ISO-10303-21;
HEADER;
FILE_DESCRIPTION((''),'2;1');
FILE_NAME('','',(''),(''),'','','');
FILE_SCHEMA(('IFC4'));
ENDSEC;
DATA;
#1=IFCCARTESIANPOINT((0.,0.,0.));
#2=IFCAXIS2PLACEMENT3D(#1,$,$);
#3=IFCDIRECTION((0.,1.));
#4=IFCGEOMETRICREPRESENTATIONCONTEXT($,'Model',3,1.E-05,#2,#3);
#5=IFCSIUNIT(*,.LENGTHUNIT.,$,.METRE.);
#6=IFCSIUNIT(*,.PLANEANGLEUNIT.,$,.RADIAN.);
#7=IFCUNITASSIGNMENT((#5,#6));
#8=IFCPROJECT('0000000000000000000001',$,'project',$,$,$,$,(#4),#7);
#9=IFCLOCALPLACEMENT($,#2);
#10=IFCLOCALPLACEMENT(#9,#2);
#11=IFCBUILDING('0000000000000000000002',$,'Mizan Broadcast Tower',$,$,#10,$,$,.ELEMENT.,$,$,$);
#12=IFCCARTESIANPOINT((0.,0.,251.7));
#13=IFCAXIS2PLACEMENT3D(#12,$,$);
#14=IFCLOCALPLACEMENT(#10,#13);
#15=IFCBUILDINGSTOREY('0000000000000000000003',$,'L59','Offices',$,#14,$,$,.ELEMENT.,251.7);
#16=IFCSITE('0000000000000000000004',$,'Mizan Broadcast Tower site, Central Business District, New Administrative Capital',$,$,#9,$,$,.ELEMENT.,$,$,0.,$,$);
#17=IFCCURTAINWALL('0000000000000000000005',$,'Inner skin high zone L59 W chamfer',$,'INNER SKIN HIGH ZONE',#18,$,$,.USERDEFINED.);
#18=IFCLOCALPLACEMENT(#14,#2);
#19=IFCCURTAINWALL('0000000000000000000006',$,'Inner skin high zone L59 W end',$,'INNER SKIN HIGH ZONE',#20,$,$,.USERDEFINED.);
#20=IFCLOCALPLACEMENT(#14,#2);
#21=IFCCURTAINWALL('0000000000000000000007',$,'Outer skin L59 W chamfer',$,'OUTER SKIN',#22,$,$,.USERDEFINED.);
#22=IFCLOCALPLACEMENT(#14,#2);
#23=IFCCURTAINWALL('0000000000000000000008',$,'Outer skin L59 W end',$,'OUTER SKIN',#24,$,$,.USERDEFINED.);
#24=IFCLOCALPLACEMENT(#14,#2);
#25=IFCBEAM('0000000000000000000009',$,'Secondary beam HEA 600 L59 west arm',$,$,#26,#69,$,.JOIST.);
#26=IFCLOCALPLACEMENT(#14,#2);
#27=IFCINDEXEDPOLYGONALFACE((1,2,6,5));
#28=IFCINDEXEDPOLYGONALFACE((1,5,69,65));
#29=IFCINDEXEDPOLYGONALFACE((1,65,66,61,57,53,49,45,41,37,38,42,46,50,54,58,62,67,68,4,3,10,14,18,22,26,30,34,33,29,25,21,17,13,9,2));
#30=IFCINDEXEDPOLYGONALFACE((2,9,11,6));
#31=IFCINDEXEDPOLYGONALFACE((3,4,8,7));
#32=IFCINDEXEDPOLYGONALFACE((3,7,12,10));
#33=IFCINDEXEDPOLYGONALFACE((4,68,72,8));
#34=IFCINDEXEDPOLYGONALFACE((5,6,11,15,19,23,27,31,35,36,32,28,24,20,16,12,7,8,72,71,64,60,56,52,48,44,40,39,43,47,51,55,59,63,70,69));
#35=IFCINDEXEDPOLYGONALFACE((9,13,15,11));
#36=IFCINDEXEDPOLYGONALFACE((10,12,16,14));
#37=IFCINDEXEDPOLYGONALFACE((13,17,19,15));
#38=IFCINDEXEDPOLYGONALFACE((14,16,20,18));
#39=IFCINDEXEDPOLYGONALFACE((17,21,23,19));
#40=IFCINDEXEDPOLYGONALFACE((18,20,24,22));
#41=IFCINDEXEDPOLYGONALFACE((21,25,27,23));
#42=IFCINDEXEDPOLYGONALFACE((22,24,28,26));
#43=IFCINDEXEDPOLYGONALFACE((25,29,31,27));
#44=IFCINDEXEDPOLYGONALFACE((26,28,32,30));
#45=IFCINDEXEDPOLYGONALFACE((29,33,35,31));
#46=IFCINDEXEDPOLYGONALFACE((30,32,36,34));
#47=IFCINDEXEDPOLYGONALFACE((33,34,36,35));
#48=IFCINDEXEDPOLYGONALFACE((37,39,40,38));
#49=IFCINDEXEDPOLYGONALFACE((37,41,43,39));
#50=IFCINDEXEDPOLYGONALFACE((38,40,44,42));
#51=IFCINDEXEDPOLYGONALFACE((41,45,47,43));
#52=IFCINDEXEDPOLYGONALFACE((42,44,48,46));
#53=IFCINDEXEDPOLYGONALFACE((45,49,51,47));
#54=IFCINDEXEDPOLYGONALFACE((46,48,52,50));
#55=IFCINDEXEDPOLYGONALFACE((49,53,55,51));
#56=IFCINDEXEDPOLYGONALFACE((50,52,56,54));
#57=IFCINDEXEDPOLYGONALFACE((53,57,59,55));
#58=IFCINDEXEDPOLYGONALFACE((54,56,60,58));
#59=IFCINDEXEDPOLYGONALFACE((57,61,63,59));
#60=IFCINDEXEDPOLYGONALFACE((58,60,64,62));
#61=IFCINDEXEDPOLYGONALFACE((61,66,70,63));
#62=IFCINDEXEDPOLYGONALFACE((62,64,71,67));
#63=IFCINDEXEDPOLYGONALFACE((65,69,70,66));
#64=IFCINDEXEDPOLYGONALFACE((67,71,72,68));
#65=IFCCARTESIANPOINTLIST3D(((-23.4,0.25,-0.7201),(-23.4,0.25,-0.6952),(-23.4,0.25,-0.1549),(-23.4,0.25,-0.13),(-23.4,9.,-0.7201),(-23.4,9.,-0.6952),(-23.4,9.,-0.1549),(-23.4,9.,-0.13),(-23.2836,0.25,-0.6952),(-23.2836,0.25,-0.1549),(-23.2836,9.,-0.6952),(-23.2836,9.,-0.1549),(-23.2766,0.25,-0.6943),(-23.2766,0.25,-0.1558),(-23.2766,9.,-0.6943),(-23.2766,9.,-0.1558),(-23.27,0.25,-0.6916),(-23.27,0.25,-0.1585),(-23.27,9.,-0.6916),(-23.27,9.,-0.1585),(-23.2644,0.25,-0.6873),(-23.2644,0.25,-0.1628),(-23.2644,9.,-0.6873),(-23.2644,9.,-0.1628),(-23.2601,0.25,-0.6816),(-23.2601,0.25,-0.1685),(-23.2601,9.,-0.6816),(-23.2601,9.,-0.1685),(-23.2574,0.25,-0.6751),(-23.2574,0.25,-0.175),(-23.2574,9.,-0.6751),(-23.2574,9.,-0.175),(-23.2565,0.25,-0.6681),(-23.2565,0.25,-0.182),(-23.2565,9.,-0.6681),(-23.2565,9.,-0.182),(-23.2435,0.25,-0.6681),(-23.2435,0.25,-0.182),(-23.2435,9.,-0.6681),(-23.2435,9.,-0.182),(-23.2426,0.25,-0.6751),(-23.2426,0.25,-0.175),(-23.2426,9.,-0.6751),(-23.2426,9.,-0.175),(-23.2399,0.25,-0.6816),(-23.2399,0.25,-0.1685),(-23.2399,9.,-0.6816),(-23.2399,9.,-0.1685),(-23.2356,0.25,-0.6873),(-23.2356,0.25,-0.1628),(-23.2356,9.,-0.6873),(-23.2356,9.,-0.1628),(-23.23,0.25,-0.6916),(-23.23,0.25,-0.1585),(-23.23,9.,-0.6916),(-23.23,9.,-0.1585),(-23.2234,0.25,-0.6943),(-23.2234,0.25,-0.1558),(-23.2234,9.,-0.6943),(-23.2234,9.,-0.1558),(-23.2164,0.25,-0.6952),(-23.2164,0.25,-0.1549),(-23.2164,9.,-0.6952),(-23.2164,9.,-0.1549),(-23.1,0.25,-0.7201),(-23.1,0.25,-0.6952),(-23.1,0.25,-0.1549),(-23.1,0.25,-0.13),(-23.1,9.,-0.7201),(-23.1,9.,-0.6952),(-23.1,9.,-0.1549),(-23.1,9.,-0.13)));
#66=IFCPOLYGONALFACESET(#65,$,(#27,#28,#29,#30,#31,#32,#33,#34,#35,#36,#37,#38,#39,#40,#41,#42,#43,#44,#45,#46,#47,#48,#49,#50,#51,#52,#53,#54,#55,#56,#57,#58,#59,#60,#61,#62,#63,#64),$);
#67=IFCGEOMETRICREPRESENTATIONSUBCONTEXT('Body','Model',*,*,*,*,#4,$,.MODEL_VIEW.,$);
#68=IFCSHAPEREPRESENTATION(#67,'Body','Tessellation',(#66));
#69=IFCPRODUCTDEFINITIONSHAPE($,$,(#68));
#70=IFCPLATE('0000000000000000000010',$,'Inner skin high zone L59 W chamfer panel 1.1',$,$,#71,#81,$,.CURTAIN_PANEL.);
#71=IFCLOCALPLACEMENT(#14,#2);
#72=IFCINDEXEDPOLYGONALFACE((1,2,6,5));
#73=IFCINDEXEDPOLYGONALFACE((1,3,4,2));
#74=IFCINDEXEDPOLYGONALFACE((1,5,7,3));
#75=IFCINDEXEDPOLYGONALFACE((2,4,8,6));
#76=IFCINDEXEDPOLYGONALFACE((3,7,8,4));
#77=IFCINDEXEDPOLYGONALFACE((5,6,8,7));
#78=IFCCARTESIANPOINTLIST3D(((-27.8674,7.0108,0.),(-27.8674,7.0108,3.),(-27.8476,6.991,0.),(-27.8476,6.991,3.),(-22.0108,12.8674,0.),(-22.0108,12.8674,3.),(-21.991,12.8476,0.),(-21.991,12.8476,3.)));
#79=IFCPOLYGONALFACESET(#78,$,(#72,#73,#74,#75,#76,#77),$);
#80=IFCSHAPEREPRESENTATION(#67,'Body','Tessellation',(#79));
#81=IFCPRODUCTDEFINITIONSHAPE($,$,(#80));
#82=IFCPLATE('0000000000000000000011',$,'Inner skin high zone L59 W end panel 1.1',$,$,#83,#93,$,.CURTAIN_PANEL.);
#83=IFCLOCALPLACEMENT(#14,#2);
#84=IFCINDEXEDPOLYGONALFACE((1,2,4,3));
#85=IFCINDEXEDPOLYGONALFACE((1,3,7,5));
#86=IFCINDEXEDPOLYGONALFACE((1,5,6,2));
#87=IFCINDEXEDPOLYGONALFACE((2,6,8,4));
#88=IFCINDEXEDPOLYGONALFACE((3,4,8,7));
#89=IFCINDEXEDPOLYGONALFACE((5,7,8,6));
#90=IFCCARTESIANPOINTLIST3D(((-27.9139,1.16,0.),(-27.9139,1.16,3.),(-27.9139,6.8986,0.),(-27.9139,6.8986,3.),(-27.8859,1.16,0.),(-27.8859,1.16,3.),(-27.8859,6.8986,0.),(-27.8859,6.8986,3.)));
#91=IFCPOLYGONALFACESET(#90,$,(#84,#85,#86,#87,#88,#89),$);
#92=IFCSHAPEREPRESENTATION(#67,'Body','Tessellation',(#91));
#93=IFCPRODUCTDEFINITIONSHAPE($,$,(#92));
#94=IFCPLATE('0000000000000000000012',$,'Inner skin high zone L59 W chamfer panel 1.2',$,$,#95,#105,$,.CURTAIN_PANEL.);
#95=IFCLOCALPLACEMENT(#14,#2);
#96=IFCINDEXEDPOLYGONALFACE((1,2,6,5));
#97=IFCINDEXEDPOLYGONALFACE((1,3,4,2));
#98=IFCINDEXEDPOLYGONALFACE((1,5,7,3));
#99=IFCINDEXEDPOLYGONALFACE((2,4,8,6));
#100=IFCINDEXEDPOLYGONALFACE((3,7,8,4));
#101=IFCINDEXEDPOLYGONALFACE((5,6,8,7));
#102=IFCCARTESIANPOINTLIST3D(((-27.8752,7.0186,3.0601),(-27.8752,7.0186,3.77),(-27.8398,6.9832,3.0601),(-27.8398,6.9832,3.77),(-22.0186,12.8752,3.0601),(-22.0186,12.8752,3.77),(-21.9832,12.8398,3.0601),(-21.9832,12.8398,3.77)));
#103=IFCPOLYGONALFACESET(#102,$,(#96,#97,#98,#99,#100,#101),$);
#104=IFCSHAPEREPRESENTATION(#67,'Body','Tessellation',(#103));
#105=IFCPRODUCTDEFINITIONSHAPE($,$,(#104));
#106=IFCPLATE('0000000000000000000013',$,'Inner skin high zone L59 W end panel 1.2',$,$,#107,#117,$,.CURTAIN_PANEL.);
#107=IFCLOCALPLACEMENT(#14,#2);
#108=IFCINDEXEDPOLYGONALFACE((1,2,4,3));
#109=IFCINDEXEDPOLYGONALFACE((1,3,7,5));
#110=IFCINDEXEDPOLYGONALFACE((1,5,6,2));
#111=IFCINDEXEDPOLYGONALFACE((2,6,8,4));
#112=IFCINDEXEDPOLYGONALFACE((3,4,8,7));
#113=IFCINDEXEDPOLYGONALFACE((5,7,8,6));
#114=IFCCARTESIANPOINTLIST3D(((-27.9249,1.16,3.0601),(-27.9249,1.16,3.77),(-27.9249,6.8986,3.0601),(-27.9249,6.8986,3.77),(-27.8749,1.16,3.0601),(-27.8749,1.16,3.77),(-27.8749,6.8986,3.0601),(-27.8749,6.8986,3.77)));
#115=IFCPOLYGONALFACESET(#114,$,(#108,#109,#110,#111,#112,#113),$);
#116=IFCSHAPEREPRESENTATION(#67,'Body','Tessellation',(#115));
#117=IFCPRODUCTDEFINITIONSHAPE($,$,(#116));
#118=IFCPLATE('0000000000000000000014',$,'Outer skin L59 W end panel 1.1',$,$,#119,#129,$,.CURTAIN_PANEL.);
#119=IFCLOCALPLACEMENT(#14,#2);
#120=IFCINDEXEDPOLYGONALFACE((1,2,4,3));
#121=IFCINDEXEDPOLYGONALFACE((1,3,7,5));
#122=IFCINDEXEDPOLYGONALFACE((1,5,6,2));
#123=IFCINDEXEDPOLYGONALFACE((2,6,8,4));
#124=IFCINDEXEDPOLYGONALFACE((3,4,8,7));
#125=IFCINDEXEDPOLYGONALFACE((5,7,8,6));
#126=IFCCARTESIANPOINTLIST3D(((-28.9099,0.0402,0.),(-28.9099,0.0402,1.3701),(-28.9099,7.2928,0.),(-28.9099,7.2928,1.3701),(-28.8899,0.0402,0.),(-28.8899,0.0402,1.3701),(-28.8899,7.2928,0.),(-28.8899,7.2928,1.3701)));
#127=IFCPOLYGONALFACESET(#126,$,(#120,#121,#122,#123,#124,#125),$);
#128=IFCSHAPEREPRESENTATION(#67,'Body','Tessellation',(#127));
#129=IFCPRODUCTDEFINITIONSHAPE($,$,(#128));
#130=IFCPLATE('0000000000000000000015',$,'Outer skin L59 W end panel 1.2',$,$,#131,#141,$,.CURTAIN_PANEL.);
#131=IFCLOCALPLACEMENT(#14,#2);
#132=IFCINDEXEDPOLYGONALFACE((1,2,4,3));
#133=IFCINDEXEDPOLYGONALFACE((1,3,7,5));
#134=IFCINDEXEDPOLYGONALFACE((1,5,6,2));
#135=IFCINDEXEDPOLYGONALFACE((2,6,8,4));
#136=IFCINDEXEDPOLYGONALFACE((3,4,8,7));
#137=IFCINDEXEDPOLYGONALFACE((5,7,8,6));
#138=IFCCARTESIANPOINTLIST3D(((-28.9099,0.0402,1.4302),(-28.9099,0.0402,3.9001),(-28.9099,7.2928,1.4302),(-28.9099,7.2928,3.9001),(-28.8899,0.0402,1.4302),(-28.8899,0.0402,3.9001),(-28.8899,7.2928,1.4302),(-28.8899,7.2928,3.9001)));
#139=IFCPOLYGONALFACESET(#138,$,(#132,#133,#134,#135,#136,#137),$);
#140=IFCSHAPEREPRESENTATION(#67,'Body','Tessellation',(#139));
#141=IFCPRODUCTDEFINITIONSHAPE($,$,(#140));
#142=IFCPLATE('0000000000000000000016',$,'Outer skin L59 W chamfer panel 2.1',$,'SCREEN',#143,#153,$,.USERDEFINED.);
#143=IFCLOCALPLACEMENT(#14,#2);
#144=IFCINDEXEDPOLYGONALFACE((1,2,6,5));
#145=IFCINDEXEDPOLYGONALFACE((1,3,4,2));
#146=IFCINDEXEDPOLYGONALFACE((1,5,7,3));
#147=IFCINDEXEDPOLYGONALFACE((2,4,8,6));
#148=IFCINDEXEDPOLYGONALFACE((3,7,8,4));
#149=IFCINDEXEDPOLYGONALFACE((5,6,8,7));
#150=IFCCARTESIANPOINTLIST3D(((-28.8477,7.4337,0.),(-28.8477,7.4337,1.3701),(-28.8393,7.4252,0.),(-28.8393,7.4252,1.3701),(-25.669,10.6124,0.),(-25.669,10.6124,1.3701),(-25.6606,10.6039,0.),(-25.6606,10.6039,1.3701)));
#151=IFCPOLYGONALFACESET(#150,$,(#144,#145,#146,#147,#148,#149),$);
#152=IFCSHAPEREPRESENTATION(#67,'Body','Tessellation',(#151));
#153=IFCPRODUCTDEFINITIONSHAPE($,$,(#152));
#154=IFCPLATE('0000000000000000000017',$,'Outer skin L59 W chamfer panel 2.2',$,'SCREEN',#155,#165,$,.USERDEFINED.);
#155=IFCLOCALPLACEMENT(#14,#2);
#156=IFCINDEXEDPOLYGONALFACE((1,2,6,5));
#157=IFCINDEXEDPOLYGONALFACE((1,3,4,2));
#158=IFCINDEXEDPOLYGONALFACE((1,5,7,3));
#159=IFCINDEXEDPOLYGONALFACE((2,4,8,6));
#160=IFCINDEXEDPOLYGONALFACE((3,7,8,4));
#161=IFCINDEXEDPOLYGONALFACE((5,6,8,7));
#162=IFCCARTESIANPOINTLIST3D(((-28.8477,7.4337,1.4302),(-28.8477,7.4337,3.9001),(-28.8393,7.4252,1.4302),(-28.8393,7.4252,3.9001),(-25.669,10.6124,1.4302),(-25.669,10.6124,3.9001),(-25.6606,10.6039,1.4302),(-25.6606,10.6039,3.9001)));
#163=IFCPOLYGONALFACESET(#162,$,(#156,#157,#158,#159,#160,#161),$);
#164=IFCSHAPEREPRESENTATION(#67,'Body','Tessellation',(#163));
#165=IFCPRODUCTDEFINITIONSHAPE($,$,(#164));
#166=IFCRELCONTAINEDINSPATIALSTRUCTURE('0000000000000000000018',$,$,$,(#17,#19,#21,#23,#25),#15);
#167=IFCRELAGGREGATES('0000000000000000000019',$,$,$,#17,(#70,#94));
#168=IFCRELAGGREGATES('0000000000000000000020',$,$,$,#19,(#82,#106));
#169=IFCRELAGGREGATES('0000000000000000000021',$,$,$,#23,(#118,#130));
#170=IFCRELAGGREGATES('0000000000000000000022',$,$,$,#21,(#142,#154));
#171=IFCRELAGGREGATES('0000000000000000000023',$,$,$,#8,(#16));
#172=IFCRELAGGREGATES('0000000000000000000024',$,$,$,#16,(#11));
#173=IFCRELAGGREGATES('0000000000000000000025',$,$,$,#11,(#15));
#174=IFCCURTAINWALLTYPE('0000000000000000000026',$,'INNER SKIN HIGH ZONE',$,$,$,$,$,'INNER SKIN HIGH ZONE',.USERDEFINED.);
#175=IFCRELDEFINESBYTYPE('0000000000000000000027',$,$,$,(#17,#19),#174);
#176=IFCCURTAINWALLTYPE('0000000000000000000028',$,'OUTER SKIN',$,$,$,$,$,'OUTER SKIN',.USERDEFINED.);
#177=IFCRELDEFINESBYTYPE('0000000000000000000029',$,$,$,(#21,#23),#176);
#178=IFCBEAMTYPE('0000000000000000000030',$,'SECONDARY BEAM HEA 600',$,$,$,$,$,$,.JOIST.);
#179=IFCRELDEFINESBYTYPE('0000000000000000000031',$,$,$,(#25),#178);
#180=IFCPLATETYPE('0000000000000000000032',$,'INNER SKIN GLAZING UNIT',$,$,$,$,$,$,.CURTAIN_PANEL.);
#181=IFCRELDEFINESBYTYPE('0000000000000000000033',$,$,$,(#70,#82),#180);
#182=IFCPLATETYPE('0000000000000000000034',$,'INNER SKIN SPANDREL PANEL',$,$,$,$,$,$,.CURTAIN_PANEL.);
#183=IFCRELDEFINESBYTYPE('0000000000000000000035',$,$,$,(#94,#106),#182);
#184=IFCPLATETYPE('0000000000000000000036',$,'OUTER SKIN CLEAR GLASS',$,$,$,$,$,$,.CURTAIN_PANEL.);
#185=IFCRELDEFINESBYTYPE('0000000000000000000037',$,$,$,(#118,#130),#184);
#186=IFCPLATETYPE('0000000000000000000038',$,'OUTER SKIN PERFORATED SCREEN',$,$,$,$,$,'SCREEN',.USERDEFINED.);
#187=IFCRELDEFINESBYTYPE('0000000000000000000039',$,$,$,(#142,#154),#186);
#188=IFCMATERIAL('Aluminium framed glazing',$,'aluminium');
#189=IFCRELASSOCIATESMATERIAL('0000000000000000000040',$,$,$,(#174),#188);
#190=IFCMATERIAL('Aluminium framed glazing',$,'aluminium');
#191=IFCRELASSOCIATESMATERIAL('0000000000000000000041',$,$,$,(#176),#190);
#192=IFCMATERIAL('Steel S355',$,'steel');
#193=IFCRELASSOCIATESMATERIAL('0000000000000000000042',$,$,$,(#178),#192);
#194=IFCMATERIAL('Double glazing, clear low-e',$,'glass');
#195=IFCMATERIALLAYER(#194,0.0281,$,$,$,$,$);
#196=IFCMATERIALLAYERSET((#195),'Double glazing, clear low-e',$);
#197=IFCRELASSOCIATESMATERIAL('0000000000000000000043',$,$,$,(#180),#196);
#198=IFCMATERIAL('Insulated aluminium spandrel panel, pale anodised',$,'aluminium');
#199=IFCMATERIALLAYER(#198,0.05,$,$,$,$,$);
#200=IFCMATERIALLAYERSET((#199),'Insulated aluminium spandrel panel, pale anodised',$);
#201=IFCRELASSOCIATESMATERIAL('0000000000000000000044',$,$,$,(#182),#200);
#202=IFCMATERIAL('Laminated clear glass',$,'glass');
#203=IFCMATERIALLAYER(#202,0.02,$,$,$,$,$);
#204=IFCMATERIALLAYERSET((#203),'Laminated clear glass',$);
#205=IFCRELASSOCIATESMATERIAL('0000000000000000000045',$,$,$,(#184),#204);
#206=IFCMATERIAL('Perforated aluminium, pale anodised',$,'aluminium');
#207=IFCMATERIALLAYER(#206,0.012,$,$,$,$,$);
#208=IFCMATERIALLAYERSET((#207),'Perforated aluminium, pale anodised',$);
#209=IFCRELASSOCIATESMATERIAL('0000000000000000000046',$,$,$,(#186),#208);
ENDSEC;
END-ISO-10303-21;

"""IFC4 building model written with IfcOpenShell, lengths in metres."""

from ifc_helpers import new_model, si_unit, direction, frame, origin, origin_2d, place, context, subcontext, project, spatial, rectangle, i_section, extrude, material, layer, layer_set, material_profile, profile_set, type_object, element, aggregate, save


model = new_model("IFC4")

# Units and contexts
model_context = context("Model", 3, precision=1e-05, world=origin(), true_north=direction((0.0, 1.0)))
body_context = subcontext(model_context, "Body", "Model", "MODEL_VIEW")
ifc_project = project(units=[si_unit("LENGTHUNIT", "METRE"), si_unit("PLANEANGLEUNIT", "RADIAN")], contexts=[model_context])

# Site, building, storey
site_placement = place(None, origin())
site = spatial("IfcSite", under=ifc_project, at=site_placement, Name="Mizan Broadcast Tower site, Central Business District, New Administrative Capital", CompositionType="ELEMENT", RefElevation=0.0)
building_placement = place(site_placement, origin())
building = spatial("IfcBuilding", under=site, at=building_placement, Name="Mizan Broadcast Tower", CompositionType="ELEMENT")
storey_placement = place(building_placement, frame((0.0, 0.0, 251.7)))
storey = spatial("IfcBuildingStorey", under=building, at=storey_placement, Name="L59", Description="Offices", CompositionType="ELEMENT", Elevation=251.7)

# Curtain wall
ifc_material_1 = material(Name="Aluminium framed glazing", Category="aluminium")
curtain_wall_type_1 = type_object("IfcCurtainWallType", Name="INNER SKIN HIGH ZONE", ElementType="INNER SKIN HIGH ZONE", PredefinedType="USERDEFINED", material=ifc_material_1)
curtain_wall_1_placement = place(storey_placement, origin())
curtain_wall_1 = element("IfcCurtainWall", 1, at=curtain_wall_1_placement, inside=storey, type_object=curtain_wall_type_1, Name="Inner skin high zone L59 W chamfer", ObjectType="INNER SKIN HIGH ZONE", PredefinedType="USERDEFINED")

# Curtain walls
curtain_wall_2_placement = place(storey_placement, origin())
curtain_wall_2 = element("IfcCurtainWall", 2, at=curtain_wall_2_placement, inside=storey, type_object=curtain_wall_type_1, Name="Inner skin high zone L59 W end", ObjectType="INNER SKIN HIGH ZONE", PredefinedType="USERDEFINED")
ifc_material_2 = material(Name="Aluminium framed glazing", Category="aluminium")
curtain_wall_type_2 = type_object("IfcCurtainWallType", Name="OUTER SKIN", ElementType="OUTER SKIN", PredefinedType="USERDEFINED", material=ifc_material_2)
curtain_wall_3_placement = place(storey_placement, origin())
curtain_wall_3 = element("IfcCurtainWall", 3, at=curtain_wall_3_placement, inside=storey, type_object=curtain_wall_type_2, Name="Outer skin L59 W chamfer", ObjectType="OUTER SKIN", PredefinedType="USERDEFINED")

# Curtain wall
curtain_wall_4_placement = place(storey_placement, origin())
curtain_wall_4 = element("IfcCurtainWall", 4, at=curtain_wall_4_placement, inside=storey, type_object=curtain_wall_type_2, Name="Outer skin L59 W end", ObjectType="OUTER SKIN", PredefinedType="USERDEFINED")

# Beam
ifc_material_3 = material(Name="Steel S355", Category="steel")
ifc_material_profile_1 = material_profile(ifc_material_3, i_section(OverallWidth=0.3, OverallDepth=0.5901, WebThickness=0.0129, FlangeThickness=0.0249, FilletRadius=0.0271, at=origin_2d()), Name="HEA 600")
ifc_profile_set_1 = profile_set([ifc_material_profile_1], Name="Steel S355")
beam_type_1 = type_object("IfcBeamType", Name="SECONDARY BEAM HEA 600", PredefinedType="JOIST", material=ifc_profile_set_1)
beam_1_placement = place(storey_placement, frame((-23.25, 9.0, -0.425), z_axis=(0.0, -1.0, 0.0), x_axis=(1.0, 0.0, 0.0)))
element("IfcBeam", 5, at=beam_1_placement, inside=storey, type_object=beam_type_1, Name="Secondary beam HEA 600 L59 west arm", PredefinedType="JOIST", context=body_context, shape_type="SweptSolid", body=[
    extrude(i_section(OverallWidth=0.3, OverallDepth=0.5901, WebThickness=0.0129, FlangeThickness=0.0249, FilletRadius=0.0271, at=origin_2d()), origin(), (0.0, 0.0, 1.0), 8.75),
])

# Plates
ifc_material_4 = material(Name="Double glazing, clear low-e", Category="glass")
ifc_layer_1 = layer(ifc_material_4, 0.0281)
ifc_layer_set_1 = layer_set([ifc_layer_1], Name="Double glazing, clear low-e")
plate_type_1 = type_object("IfcPlateType", Name="INNER SKIN GLAZING UNIT", PredefinedType="CURTAIN_PANEL", material=ifc_layer_set_1)
plate_1_placement = place(storey_placement, frame((-24.9292, 9.9292, 0.0), z_axis=(0.0, 0.0, 1.0), x_axis=(-0.707107, -0.707107, 0.0)))
plate_1 = element("IfcPlate", 6, at=plate_1_placement, type_object=plate_type_1, Name="Inner skin high zone L59 W chamfer panel 1.1", PredefinedType="CURTAIN_PANEL", context=body_context, shape_type="SweptSolid", body=[
    extrude(rectangle(XDim=8.2825, YDim=0.0281, at=origin_2d()), origin(), (0.0, 0.0, 1.0), 3.0),
])
plate_2_placement = place(storey_placement, frame((-27.8999, 4.0293, 0.0), z_axis=(0.0, 0.0, 1.0), x_axis=(0.0, -1.0, 0.0)))
plate_2 = element("IfcPlate", 7, at=plate_2_placement, type_object=plate_type_1, Name="Inner skin high zone L59 W end panel 1.1", PredefinedType="CURTAIN_PANEL", context=body_context, shape_type="SweptSolid", body=[
    extrude(rectangle(XDim=5.7385, YDim=0.0281, at=origin_2d()), origin(), (0.0, 0.0, 1.0), 3.0),
])
ifc_material_5 = material(Name="Insulated aluminium spandrel panel, pale anodised", Category="aluminium")
ifc_layer_2 = layer(ifc_material_5, 0.05)
ifc_layer_set_2 = layer_set([ifc_layer_2], Name="Insulated aluminium spandrel panel, pale anodised")
plate_type_2 = type_object("IfcPlateType", Name="INNER SKIN SPANDREL PANEL", PredefinedType="CURTAIN_PANEL", material=ifc_layer_set_2)
plate_3_placement = place(storey_placement, frame((-24.9292, 9.9292, 3.0601), z_axis=(0.0, 0.0, 1.0), x_axis=(-0.707107, -0.707107, 0.0)))
plate_3 = element("IfcPlate", 8, at=plate_3_placement, type_object=plate_type_2, Name="Inner skin high zone L59 W chamfer panel 1.2", PredefinedType="CURTAIN_PANEL", context=body_context, shape_type="SweptSolid", body=[
    extrude(rectangle(XDim=8.2825, YDim=0.05, at=origin_2d()), origin(), (0.0, 0.0, 1.0), 0.71),
])
aggregate(curtain_wall_1, [plate_1, plate_3])
plate_4_placement = place(storey_placement, frame((-27.8999, 4.0293, 3.0601), z_axis=(0.0, 0.0, 1.0), x_axis=(0.0, -1.0, 0.0)))
plate_4 = element("IfcPlate", 9, at=plate_4_placement, type_object=plate_type_2, Name="Inner skin high zone L59 W end panel 1.2", PredefinedType="CURTAIN_PANEL", context=body_context, shape_type="SweptSolid", body=[
    extrude(rectangle(XDim=5.7385, YDim=0.05, at=origin_2d()), origin(), (0.0, 0.0, 1.0), 0.71),
])
aggregate(curtain_wall_2, [plate_2, plate_4])
ifc_material_6 = material(Name="Laminated clear glass", Category="glass")
ifc_layer_3 = layer(ifc_material_6, 0.02)
ifc_layer_set_3 = layer_set([ifc_layer_3], Name="Laminated clear glass")
plate_type_3 = type_object("IfcPlateType", Name="OUTER SKIN CLEAR GLASS", PredefinedType="CURTAIN_PANEL", material=ifc_layer_set_3)
plate_5_placement = place(storey_placement, frame((-28.8999, 3.6665, 0.0), z_axis=(0.0, 0.0, 1.0), x_axis=(0.0, -1.0, 0.0)))
plate_5 = element("IfcPlate", 10, at=plate_5_placement, type_object=plate_type_3, Name="Outer skin L59 W end panel 1.1", PredefinedType="CURTAIN_PANEL", context=body_context, shape_type="SweptSolid", body=[
    extrude(rectangle(XDim=7.2527, YDim=0.02, at=origin_2d()), origin(), (0.0, 0.0, 1.0), 1.3701),
])
plate_6_placement = place(storey_placement, frame((-28.8999, 3.6665, 1.4302), z_axis=(0.0, 0.0, 1.0), x_axis=(0.0, -1.0, 0.0)))
plate_6 = element("IfcPlate", 11, at=plate_6_placement, type_object=plate_type_3, Name="Outer skin L59 W end panel 1.2", PredefinedType="CURTAIN_PANEL", context=body_context, shape_type="SweptSolid", body=[
    extrude(rectangle(XDim=7.2527, YDim=0.02, at=origin_2d()), origin(), (0.0, 0.0, 1.0), 2.47),
])
aggregate(curtain_wall_4, [plate_5, plate_6])
ifc_material_7 = material(Name="Perforated aluminium, pale anodised", Category="aluminium")
ifc_layer_4 = layer(ifc_material_7, 0.012)
ifc_layer_set_4 = layer_set([ifc_layer_4], Name="Perforated aluminium, pale anodised")
plate_type_4 = type_object("IfcPlateType", Name="OUTER SKIN PERFORATED SCREEN", ElementType="SCREEN", PredefinedType="USERDEFINED", material=ifc_layer_set_4)
plate_7_placement = place(storey_placement, frame((-27.2542, 9.0188, 0.0), z_axis=(0.0, 0.0, 1.0), x_axis=(-0.707107, -0.707107, 0.0)))
plate_7 = element("IfcPlate", 12, at=plate_7_placement, type_object=plate_type_4, Name="Outer skin L59 W chamfer panel 2.1", ObjectType="SCREEN", PredefinedType="USERDEFINED", context=body_context, shape_type="SweptSolid", body=[
    extrude(rectangle(XDim=4.4954, YDim=0.012, at=origin_2d()), origin(), (0.0, 0.0, 1.0), 1.3701),
])
plate_8_placement = place(storey_placement, frame((-27.2542, 9.0188, 1.4302), z_axis=(0.0, 0.0, 1.0), x_axis=(-0.707107, -0.707107, 0.0)))
plate_8 = element("IfcPlate", 13, at=plate_8_placement, type_object=plate_type_4, Name="Outer skin L59 W chamfer panel 2.2", ObjectType="SCREEN", PredefinedType="USERDEFINED", context=body_context, shape_type="SweptSolid", body=[
    extrude(rectangle(XDim=4.4954, YDim=0.012, at=origin_2d()), origin(), (0.0, 0.0, 1.0), 2.47),
])
aggregate(curtain_wall_3, [plate_7, plate_8])

save(model, "model.ifc")
